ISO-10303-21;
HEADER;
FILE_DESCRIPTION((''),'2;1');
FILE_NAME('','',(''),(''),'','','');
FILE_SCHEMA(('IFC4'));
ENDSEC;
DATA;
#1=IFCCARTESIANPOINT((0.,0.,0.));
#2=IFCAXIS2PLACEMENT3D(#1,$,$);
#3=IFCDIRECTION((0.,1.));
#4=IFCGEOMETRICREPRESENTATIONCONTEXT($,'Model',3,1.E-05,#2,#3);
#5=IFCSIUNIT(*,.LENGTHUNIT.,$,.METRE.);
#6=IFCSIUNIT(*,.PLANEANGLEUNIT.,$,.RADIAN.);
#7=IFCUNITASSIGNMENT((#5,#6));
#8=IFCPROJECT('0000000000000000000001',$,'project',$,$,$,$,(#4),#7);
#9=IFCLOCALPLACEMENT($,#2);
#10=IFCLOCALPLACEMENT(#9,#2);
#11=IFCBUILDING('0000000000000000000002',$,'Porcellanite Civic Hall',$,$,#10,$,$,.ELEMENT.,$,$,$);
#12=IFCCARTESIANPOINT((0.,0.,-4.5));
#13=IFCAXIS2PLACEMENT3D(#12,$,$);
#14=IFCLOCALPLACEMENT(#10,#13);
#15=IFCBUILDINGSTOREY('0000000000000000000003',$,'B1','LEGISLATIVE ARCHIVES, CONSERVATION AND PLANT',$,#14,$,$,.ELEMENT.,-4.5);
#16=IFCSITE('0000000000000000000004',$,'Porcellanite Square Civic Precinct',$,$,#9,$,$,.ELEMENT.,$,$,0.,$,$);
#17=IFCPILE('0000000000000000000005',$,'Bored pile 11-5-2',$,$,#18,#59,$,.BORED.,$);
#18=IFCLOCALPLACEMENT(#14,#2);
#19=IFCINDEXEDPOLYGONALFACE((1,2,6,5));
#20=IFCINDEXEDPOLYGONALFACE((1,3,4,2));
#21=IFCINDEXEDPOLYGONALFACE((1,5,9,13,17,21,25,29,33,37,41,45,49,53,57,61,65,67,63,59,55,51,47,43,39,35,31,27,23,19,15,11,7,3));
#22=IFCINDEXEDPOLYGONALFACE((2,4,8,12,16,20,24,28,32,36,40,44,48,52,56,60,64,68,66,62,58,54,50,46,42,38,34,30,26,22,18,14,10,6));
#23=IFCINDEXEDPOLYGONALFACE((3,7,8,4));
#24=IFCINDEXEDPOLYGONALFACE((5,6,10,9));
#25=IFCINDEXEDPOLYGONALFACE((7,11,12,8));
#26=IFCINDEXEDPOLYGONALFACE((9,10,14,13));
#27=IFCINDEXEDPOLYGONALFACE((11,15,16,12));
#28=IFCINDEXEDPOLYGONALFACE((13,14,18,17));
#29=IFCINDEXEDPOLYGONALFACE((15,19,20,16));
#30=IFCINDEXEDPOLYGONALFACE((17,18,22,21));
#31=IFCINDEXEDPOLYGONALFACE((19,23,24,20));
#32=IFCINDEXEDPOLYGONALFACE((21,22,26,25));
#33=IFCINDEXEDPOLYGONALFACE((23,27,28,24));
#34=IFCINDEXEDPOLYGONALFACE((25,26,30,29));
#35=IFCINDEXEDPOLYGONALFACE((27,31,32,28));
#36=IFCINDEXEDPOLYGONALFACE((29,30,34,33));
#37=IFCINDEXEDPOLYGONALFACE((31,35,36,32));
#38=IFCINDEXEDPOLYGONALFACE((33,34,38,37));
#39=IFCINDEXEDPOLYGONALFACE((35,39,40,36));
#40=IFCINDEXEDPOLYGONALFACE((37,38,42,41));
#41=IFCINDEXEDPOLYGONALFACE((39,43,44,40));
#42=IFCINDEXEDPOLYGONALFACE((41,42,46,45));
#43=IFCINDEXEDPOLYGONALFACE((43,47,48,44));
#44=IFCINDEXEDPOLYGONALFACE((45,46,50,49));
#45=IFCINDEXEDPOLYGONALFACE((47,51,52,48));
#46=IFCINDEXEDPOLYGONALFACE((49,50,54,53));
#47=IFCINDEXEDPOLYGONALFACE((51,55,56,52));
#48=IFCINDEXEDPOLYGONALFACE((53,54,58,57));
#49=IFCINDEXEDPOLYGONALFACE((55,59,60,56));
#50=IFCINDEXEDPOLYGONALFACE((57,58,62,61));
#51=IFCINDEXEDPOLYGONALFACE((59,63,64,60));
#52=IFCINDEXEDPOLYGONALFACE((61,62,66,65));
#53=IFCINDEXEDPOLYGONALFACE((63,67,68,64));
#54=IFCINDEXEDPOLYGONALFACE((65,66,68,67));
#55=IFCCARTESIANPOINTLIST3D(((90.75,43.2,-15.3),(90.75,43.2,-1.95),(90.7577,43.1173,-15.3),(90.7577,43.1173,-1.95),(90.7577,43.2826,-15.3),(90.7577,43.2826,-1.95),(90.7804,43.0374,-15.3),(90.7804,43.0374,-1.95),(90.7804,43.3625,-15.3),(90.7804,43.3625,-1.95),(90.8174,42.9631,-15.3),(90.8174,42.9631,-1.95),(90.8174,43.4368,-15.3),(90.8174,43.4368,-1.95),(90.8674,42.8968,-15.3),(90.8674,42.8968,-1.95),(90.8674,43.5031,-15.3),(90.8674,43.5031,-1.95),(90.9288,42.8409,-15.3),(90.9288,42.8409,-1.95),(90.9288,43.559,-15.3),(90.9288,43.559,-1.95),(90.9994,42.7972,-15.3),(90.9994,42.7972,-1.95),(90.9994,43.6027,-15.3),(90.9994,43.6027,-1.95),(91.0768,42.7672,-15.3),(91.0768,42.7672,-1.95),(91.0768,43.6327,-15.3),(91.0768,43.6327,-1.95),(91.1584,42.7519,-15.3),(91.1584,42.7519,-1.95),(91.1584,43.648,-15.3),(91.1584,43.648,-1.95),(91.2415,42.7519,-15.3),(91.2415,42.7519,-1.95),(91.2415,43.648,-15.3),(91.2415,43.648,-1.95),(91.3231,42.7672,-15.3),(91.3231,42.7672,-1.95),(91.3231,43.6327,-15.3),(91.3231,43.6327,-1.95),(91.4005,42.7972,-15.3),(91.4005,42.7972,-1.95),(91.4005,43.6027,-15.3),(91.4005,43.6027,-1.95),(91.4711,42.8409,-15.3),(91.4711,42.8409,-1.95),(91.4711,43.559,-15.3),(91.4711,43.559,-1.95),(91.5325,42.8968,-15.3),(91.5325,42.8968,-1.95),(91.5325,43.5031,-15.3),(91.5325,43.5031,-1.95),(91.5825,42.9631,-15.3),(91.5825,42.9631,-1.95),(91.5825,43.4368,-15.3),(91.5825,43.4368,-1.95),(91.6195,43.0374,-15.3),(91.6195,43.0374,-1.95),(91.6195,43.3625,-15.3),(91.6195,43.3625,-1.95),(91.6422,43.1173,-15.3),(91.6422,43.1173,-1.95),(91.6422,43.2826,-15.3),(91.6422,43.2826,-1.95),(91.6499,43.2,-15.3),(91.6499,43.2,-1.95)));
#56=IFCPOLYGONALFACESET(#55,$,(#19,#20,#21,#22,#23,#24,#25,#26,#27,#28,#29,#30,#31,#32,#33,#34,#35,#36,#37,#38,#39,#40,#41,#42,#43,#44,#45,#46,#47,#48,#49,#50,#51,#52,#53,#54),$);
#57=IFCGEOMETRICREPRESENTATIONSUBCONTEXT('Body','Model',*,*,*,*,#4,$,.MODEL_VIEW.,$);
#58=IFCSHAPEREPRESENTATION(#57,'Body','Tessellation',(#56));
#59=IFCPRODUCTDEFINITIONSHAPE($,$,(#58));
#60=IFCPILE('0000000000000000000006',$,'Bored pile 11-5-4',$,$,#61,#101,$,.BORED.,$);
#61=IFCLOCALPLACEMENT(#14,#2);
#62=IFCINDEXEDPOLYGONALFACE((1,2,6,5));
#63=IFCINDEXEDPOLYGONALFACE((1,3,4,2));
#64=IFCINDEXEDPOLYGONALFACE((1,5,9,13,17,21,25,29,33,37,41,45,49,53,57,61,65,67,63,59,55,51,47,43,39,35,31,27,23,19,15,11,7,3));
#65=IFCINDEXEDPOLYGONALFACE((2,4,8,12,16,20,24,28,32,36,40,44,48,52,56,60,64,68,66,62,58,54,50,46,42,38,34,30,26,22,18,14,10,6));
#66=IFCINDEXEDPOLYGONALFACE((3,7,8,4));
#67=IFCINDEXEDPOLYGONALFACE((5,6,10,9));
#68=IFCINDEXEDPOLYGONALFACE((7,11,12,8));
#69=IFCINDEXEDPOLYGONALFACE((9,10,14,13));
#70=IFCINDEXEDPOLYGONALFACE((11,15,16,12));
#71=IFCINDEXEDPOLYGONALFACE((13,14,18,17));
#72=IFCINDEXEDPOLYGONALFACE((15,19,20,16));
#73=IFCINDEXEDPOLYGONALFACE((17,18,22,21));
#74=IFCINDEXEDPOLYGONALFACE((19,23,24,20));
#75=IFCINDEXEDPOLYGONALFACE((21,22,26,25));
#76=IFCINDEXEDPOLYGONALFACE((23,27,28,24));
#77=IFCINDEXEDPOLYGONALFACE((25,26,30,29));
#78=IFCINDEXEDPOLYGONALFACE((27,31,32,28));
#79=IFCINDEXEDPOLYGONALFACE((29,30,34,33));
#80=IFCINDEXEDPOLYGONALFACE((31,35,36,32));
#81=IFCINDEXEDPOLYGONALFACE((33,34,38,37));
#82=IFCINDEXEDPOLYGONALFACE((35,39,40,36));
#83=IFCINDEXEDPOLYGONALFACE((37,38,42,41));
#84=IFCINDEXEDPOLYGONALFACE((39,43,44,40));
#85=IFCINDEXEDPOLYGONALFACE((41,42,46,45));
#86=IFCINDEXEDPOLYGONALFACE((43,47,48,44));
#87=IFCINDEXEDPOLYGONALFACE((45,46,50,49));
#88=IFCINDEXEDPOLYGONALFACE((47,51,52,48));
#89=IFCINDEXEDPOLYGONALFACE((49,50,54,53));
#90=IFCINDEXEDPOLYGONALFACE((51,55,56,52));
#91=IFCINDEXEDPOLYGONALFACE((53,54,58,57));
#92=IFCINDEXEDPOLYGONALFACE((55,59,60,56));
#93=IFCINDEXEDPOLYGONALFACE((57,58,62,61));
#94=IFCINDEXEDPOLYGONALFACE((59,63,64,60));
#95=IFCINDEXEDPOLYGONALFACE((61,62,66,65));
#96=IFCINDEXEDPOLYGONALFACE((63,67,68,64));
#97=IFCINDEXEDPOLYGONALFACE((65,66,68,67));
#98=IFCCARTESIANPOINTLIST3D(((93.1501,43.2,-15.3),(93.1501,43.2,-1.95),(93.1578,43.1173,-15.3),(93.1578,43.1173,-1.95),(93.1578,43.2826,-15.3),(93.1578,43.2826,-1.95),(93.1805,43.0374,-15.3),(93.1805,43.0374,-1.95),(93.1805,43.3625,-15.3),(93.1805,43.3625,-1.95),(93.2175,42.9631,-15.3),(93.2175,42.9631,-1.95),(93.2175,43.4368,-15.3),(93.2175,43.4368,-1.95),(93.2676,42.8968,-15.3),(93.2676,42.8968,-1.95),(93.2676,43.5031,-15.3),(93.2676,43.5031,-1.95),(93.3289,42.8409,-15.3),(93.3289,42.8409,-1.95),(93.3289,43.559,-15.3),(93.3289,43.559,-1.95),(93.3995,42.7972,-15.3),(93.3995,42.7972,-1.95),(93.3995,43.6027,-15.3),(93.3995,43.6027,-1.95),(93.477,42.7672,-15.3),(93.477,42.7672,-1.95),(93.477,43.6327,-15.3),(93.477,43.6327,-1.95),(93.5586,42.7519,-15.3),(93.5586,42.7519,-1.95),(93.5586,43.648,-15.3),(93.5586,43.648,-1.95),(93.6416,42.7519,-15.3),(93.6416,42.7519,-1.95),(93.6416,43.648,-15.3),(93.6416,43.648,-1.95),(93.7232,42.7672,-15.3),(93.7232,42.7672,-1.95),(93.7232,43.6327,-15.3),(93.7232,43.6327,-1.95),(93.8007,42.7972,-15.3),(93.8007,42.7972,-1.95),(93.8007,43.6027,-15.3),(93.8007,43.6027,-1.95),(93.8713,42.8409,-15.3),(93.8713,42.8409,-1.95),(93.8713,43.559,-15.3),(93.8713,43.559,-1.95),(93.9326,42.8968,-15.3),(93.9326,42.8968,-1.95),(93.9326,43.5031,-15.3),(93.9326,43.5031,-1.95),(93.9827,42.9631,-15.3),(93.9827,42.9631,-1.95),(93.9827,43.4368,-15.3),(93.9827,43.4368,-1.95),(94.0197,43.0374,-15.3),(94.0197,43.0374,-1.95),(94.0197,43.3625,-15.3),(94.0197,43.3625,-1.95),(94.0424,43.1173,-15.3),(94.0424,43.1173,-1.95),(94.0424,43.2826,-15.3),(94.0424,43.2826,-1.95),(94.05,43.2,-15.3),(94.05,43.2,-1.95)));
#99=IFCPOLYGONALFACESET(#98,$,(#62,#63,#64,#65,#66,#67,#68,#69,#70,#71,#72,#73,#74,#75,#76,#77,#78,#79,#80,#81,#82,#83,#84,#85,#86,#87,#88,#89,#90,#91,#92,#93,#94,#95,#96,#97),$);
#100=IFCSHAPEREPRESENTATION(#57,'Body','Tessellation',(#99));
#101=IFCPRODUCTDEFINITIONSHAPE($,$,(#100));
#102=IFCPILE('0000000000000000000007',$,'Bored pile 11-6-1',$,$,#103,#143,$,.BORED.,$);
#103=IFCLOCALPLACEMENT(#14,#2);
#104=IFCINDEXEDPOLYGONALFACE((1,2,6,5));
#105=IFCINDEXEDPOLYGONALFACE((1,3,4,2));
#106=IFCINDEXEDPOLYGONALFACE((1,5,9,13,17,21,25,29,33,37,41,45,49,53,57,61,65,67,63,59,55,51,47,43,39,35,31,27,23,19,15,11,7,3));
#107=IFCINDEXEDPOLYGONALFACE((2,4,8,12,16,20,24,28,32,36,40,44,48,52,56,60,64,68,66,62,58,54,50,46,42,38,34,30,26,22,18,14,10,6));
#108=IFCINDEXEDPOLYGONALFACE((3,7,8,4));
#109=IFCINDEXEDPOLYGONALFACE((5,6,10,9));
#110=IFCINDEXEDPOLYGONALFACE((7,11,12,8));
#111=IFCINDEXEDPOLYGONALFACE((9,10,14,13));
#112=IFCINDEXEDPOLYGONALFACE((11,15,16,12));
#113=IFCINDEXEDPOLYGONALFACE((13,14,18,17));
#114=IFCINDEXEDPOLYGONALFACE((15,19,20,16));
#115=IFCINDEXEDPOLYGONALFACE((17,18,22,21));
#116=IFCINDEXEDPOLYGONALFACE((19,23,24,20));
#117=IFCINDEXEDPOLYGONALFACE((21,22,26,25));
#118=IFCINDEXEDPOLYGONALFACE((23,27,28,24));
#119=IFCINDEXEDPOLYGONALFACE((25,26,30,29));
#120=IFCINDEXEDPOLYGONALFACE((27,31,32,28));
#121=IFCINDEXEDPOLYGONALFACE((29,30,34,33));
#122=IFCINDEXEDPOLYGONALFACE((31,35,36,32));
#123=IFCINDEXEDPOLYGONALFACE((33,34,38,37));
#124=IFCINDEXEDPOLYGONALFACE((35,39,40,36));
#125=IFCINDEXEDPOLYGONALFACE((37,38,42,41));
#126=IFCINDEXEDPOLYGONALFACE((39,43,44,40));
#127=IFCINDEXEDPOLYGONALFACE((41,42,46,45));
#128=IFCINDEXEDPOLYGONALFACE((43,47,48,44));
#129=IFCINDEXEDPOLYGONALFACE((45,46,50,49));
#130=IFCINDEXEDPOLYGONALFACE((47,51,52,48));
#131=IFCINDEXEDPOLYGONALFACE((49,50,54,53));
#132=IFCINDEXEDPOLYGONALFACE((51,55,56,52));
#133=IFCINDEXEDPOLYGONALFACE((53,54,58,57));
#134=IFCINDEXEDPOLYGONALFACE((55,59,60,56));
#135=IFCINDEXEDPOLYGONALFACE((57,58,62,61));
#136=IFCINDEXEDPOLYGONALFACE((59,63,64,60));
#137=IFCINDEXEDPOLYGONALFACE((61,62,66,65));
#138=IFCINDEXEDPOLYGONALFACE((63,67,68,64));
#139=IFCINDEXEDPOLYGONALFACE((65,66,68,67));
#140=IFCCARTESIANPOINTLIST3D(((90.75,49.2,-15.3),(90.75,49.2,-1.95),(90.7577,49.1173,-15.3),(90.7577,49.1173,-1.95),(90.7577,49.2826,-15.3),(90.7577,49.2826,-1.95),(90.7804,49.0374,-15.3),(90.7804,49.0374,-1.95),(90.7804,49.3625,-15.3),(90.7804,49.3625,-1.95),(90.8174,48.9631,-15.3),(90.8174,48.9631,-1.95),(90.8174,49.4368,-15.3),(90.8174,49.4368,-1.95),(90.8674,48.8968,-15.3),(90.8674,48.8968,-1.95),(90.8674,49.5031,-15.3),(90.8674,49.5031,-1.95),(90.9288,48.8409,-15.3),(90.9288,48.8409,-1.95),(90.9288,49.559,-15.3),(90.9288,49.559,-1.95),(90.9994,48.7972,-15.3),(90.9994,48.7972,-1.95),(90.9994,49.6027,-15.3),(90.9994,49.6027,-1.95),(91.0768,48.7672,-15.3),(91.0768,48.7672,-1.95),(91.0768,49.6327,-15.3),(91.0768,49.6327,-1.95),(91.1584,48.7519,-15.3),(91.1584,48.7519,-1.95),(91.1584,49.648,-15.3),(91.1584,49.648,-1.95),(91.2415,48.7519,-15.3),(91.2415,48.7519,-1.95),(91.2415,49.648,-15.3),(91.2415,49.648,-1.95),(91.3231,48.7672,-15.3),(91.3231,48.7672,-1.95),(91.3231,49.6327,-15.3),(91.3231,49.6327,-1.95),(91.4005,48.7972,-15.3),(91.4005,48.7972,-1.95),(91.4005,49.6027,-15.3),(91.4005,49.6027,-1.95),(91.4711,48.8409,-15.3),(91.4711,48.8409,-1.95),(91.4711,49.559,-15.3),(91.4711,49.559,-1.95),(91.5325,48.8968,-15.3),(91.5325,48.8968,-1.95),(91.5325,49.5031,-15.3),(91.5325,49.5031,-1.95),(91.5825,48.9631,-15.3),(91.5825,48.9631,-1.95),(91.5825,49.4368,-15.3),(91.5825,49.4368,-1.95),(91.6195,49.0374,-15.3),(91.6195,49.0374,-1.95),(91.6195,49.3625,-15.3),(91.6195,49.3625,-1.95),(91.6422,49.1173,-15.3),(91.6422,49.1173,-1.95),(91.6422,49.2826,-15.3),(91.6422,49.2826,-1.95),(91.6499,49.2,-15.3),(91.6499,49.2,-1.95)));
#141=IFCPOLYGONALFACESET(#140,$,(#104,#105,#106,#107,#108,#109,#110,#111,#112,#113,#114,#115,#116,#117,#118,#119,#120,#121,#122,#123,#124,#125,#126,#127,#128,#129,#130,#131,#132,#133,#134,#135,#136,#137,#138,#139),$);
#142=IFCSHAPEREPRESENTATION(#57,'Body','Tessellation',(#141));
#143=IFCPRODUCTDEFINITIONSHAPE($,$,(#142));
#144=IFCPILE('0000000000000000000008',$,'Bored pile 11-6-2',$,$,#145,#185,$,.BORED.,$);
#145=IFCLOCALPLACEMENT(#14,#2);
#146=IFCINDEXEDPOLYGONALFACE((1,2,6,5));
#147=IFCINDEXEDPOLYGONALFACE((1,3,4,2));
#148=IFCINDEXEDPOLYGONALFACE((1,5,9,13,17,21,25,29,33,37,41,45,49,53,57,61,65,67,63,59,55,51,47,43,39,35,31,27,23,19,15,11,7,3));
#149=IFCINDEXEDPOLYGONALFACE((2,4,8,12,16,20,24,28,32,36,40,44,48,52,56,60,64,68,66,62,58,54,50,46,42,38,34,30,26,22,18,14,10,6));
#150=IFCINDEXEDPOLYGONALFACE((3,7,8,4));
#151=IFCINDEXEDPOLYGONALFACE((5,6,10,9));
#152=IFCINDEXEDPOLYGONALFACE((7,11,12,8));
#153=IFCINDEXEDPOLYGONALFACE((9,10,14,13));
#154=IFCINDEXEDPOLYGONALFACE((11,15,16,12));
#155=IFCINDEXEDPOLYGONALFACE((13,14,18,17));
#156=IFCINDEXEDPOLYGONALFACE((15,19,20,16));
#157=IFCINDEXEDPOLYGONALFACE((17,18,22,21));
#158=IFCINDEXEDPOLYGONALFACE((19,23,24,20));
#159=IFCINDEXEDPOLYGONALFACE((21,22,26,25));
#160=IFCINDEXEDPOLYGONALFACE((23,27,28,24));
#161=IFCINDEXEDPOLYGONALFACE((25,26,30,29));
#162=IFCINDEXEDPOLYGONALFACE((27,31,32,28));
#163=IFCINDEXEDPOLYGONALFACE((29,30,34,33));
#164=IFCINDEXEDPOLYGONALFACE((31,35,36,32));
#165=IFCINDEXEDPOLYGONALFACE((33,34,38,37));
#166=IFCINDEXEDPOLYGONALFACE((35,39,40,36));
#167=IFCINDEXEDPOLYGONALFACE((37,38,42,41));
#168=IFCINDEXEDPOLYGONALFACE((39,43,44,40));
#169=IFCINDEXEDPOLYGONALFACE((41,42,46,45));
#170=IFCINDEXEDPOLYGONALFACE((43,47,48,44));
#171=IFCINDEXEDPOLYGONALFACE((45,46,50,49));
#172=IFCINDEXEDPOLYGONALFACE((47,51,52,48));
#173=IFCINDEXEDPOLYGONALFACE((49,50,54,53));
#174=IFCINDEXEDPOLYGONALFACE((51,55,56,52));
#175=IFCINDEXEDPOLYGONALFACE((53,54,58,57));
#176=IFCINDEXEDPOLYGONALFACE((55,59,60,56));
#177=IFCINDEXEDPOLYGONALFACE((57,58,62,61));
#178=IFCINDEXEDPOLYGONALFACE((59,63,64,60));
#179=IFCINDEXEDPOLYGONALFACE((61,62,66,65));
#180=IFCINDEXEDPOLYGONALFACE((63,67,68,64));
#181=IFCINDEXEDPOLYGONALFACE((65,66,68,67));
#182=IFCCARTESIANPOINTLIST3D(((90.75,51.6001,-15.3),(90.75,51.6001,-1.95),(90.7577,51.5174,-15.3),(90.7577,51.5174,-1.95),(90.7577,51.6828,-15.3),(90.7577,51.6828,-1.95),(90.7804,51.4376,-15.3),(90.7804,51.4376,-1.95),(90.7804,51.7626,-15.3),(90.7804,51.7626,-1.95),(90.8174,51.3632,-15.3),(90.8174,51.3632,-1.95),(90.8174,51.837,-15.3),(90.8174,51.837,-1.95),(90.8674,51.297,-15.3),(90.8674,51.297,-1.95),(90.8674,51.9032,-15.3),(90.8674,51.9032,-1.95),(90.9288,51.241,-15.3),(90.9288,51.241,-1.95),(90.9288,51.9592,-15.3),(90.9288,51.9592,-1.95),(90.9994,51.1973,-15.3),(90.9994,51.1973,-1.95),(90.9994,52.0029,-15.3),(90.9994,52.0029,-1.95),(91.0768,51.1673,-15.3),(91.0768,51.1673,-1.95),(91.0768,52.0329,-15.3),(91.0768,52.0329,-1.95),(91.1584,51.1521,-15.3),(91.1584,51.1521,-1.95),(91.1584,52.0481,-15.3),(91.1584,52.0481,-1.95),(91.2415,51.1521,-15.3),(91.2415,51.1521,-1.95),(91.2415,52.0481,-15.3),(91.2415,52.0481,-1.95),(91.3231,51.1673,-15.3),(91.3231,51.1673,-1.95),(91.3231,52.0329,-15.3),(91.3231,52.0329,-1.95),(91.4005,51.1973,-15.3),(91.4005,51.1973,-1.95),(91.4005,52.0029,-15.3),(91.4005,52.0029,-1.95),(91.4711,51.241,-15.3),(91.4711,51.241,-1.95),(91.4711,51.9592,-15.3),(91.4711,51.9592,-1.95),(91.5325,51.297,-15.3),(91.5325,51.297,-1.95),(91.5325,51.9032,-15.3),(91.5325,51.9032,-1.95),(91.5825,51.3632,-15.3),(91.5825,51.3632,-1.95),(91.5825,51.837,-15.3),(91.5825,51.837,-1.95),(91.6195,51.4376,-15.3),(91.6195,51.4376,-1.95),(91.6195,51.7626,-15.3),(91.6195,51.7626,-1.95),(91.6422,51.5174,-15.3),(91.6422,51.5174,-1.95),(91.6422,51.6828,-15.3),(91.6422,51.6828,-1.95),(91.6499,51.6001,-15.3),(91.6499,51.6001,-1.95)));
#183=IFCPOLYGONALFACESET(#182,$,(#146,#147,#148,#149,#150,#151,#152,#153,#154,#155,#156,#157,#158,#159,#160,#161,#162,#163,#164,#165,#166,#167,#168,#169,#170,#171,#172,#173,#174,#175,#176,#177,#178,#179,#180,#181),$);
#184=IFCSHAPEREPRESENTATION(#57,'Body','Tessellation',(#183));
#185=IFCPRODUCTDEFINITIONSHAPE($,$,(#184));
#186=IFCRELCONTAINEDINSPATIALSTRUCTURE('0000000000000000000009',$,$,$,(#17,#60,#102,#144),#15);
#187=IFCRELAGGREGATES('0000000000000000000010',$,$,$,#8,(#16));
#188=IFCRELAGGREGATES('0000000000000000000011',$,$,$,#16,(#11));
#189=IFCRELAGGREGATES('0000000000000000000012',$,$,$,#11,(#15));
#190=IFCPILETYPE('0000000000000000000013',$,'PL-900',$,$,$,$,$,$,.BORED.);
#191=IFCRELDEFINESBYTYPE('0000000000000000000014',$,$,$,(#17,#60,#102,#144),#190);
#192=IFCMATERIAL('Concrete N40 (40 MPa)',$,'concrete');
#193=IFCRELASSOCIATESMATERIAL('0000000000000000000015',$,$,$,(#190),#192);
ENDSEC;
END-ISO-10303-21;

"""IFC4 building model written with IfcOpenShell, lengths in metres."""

from ifc_helpers import new_model, si_unit, direction, frame, origin, origin_2d, place, context, subcontext, project, spatial, circle, extrude, material, material_profile, profile_set, type_object, element, save


model = new_model("IFC4")

# Units and contexts
model_context = context("Model", 3, precision=1e-05, world=origin(), true_north=direction((0.0, 1.0)))
body_context = subcontext(model_context, "Body", "Model", "MODEL_VIEW")
ifc_project = project(units=[si_unit("LENGTHUNIT", "METRE"), si_unit("PLANEANGLEUNIT", "RADIAN")], contexts=[model_context])

# Site, building, storey
site_placement = place(None, origin())
site = spatial("IfcSite", under=ifc_project, at=site_placement, Name="Porcellanite Square Civic Precinct", CompositionType="ELEMENT", RefElevation=0.0)
building_placement = place(site_placement, origin())
building = spatial("IfcBuilding", under=site, at=building_placement, Name="Porcellanite Civic Hall", CompositionType="ELEMENT")
storey_placement = place(building_placement, frame((0.0, 0.0, -4.5)))
storey = spatial("IfcBuildingStorey", under=building, at=storey_placement, Name="B1", Description="LEGISLATIVE ARCHIVES, CONSERVATION AND PLANT", CompositionType="ELEMENT", Elevation=-4.5)

# Piles
ifc_material_1 = material(Name="Concrete N40 (40 MPa)", Category="concrete")
ifc_material_profile_1 = material_profile(ifc_material_1, circle(Radius=0.45, at=origin_2d()), Name="PILE-D900")
ifc_profile_set_1 = profile_set([ifc_material_profile_1], Name="Concrete N40 (40 MPa)")
pile_type_1 = type_object("IfcPileType", Name="PL-900", PredefinedType="BORED", material=ifc_profile_set_1)
for number, where, z_axis, x_axis, name in (
    (1, (91.2, 43.2, -1.95), (0.0, 0.0, -1.0), (1.0, 0.0, 0.0), "Bored pile 11-5-2"),
    (2, (93.6001, 43.2, -1.95), (0.0, 0.0, -1.0), (1.0, 0.0, 0.0), "Bored pile 11-5-4"),
    (3, (91.2, 49.2, -1.95), (0.0, 0.0, -1.0), (1.0, 0.0, 0.0), "Bored pile 11-6-1"),
    (4, (91.2, 51.6001, -1.95), (0.0, 0.0, -1.0), (1.0, 0.0, 0.0), "Bored pile 11-6-2"),
):
    element("IfcPile", number, at=place(storey_placement, frame(where, z_axis=z_axis, x_axis=x_axis)), inside=storey, type_object=pile_type_1, Name=name, PredefinedType="BORED", context=body_context, shape_type="SweptSolid", body=[
        extrude(circle(Radius=0.45, at=origin_2d()), origin(), (0.0, 0.0, 1.0), 13.3501),
    ])

save(model, "model.ifc")
